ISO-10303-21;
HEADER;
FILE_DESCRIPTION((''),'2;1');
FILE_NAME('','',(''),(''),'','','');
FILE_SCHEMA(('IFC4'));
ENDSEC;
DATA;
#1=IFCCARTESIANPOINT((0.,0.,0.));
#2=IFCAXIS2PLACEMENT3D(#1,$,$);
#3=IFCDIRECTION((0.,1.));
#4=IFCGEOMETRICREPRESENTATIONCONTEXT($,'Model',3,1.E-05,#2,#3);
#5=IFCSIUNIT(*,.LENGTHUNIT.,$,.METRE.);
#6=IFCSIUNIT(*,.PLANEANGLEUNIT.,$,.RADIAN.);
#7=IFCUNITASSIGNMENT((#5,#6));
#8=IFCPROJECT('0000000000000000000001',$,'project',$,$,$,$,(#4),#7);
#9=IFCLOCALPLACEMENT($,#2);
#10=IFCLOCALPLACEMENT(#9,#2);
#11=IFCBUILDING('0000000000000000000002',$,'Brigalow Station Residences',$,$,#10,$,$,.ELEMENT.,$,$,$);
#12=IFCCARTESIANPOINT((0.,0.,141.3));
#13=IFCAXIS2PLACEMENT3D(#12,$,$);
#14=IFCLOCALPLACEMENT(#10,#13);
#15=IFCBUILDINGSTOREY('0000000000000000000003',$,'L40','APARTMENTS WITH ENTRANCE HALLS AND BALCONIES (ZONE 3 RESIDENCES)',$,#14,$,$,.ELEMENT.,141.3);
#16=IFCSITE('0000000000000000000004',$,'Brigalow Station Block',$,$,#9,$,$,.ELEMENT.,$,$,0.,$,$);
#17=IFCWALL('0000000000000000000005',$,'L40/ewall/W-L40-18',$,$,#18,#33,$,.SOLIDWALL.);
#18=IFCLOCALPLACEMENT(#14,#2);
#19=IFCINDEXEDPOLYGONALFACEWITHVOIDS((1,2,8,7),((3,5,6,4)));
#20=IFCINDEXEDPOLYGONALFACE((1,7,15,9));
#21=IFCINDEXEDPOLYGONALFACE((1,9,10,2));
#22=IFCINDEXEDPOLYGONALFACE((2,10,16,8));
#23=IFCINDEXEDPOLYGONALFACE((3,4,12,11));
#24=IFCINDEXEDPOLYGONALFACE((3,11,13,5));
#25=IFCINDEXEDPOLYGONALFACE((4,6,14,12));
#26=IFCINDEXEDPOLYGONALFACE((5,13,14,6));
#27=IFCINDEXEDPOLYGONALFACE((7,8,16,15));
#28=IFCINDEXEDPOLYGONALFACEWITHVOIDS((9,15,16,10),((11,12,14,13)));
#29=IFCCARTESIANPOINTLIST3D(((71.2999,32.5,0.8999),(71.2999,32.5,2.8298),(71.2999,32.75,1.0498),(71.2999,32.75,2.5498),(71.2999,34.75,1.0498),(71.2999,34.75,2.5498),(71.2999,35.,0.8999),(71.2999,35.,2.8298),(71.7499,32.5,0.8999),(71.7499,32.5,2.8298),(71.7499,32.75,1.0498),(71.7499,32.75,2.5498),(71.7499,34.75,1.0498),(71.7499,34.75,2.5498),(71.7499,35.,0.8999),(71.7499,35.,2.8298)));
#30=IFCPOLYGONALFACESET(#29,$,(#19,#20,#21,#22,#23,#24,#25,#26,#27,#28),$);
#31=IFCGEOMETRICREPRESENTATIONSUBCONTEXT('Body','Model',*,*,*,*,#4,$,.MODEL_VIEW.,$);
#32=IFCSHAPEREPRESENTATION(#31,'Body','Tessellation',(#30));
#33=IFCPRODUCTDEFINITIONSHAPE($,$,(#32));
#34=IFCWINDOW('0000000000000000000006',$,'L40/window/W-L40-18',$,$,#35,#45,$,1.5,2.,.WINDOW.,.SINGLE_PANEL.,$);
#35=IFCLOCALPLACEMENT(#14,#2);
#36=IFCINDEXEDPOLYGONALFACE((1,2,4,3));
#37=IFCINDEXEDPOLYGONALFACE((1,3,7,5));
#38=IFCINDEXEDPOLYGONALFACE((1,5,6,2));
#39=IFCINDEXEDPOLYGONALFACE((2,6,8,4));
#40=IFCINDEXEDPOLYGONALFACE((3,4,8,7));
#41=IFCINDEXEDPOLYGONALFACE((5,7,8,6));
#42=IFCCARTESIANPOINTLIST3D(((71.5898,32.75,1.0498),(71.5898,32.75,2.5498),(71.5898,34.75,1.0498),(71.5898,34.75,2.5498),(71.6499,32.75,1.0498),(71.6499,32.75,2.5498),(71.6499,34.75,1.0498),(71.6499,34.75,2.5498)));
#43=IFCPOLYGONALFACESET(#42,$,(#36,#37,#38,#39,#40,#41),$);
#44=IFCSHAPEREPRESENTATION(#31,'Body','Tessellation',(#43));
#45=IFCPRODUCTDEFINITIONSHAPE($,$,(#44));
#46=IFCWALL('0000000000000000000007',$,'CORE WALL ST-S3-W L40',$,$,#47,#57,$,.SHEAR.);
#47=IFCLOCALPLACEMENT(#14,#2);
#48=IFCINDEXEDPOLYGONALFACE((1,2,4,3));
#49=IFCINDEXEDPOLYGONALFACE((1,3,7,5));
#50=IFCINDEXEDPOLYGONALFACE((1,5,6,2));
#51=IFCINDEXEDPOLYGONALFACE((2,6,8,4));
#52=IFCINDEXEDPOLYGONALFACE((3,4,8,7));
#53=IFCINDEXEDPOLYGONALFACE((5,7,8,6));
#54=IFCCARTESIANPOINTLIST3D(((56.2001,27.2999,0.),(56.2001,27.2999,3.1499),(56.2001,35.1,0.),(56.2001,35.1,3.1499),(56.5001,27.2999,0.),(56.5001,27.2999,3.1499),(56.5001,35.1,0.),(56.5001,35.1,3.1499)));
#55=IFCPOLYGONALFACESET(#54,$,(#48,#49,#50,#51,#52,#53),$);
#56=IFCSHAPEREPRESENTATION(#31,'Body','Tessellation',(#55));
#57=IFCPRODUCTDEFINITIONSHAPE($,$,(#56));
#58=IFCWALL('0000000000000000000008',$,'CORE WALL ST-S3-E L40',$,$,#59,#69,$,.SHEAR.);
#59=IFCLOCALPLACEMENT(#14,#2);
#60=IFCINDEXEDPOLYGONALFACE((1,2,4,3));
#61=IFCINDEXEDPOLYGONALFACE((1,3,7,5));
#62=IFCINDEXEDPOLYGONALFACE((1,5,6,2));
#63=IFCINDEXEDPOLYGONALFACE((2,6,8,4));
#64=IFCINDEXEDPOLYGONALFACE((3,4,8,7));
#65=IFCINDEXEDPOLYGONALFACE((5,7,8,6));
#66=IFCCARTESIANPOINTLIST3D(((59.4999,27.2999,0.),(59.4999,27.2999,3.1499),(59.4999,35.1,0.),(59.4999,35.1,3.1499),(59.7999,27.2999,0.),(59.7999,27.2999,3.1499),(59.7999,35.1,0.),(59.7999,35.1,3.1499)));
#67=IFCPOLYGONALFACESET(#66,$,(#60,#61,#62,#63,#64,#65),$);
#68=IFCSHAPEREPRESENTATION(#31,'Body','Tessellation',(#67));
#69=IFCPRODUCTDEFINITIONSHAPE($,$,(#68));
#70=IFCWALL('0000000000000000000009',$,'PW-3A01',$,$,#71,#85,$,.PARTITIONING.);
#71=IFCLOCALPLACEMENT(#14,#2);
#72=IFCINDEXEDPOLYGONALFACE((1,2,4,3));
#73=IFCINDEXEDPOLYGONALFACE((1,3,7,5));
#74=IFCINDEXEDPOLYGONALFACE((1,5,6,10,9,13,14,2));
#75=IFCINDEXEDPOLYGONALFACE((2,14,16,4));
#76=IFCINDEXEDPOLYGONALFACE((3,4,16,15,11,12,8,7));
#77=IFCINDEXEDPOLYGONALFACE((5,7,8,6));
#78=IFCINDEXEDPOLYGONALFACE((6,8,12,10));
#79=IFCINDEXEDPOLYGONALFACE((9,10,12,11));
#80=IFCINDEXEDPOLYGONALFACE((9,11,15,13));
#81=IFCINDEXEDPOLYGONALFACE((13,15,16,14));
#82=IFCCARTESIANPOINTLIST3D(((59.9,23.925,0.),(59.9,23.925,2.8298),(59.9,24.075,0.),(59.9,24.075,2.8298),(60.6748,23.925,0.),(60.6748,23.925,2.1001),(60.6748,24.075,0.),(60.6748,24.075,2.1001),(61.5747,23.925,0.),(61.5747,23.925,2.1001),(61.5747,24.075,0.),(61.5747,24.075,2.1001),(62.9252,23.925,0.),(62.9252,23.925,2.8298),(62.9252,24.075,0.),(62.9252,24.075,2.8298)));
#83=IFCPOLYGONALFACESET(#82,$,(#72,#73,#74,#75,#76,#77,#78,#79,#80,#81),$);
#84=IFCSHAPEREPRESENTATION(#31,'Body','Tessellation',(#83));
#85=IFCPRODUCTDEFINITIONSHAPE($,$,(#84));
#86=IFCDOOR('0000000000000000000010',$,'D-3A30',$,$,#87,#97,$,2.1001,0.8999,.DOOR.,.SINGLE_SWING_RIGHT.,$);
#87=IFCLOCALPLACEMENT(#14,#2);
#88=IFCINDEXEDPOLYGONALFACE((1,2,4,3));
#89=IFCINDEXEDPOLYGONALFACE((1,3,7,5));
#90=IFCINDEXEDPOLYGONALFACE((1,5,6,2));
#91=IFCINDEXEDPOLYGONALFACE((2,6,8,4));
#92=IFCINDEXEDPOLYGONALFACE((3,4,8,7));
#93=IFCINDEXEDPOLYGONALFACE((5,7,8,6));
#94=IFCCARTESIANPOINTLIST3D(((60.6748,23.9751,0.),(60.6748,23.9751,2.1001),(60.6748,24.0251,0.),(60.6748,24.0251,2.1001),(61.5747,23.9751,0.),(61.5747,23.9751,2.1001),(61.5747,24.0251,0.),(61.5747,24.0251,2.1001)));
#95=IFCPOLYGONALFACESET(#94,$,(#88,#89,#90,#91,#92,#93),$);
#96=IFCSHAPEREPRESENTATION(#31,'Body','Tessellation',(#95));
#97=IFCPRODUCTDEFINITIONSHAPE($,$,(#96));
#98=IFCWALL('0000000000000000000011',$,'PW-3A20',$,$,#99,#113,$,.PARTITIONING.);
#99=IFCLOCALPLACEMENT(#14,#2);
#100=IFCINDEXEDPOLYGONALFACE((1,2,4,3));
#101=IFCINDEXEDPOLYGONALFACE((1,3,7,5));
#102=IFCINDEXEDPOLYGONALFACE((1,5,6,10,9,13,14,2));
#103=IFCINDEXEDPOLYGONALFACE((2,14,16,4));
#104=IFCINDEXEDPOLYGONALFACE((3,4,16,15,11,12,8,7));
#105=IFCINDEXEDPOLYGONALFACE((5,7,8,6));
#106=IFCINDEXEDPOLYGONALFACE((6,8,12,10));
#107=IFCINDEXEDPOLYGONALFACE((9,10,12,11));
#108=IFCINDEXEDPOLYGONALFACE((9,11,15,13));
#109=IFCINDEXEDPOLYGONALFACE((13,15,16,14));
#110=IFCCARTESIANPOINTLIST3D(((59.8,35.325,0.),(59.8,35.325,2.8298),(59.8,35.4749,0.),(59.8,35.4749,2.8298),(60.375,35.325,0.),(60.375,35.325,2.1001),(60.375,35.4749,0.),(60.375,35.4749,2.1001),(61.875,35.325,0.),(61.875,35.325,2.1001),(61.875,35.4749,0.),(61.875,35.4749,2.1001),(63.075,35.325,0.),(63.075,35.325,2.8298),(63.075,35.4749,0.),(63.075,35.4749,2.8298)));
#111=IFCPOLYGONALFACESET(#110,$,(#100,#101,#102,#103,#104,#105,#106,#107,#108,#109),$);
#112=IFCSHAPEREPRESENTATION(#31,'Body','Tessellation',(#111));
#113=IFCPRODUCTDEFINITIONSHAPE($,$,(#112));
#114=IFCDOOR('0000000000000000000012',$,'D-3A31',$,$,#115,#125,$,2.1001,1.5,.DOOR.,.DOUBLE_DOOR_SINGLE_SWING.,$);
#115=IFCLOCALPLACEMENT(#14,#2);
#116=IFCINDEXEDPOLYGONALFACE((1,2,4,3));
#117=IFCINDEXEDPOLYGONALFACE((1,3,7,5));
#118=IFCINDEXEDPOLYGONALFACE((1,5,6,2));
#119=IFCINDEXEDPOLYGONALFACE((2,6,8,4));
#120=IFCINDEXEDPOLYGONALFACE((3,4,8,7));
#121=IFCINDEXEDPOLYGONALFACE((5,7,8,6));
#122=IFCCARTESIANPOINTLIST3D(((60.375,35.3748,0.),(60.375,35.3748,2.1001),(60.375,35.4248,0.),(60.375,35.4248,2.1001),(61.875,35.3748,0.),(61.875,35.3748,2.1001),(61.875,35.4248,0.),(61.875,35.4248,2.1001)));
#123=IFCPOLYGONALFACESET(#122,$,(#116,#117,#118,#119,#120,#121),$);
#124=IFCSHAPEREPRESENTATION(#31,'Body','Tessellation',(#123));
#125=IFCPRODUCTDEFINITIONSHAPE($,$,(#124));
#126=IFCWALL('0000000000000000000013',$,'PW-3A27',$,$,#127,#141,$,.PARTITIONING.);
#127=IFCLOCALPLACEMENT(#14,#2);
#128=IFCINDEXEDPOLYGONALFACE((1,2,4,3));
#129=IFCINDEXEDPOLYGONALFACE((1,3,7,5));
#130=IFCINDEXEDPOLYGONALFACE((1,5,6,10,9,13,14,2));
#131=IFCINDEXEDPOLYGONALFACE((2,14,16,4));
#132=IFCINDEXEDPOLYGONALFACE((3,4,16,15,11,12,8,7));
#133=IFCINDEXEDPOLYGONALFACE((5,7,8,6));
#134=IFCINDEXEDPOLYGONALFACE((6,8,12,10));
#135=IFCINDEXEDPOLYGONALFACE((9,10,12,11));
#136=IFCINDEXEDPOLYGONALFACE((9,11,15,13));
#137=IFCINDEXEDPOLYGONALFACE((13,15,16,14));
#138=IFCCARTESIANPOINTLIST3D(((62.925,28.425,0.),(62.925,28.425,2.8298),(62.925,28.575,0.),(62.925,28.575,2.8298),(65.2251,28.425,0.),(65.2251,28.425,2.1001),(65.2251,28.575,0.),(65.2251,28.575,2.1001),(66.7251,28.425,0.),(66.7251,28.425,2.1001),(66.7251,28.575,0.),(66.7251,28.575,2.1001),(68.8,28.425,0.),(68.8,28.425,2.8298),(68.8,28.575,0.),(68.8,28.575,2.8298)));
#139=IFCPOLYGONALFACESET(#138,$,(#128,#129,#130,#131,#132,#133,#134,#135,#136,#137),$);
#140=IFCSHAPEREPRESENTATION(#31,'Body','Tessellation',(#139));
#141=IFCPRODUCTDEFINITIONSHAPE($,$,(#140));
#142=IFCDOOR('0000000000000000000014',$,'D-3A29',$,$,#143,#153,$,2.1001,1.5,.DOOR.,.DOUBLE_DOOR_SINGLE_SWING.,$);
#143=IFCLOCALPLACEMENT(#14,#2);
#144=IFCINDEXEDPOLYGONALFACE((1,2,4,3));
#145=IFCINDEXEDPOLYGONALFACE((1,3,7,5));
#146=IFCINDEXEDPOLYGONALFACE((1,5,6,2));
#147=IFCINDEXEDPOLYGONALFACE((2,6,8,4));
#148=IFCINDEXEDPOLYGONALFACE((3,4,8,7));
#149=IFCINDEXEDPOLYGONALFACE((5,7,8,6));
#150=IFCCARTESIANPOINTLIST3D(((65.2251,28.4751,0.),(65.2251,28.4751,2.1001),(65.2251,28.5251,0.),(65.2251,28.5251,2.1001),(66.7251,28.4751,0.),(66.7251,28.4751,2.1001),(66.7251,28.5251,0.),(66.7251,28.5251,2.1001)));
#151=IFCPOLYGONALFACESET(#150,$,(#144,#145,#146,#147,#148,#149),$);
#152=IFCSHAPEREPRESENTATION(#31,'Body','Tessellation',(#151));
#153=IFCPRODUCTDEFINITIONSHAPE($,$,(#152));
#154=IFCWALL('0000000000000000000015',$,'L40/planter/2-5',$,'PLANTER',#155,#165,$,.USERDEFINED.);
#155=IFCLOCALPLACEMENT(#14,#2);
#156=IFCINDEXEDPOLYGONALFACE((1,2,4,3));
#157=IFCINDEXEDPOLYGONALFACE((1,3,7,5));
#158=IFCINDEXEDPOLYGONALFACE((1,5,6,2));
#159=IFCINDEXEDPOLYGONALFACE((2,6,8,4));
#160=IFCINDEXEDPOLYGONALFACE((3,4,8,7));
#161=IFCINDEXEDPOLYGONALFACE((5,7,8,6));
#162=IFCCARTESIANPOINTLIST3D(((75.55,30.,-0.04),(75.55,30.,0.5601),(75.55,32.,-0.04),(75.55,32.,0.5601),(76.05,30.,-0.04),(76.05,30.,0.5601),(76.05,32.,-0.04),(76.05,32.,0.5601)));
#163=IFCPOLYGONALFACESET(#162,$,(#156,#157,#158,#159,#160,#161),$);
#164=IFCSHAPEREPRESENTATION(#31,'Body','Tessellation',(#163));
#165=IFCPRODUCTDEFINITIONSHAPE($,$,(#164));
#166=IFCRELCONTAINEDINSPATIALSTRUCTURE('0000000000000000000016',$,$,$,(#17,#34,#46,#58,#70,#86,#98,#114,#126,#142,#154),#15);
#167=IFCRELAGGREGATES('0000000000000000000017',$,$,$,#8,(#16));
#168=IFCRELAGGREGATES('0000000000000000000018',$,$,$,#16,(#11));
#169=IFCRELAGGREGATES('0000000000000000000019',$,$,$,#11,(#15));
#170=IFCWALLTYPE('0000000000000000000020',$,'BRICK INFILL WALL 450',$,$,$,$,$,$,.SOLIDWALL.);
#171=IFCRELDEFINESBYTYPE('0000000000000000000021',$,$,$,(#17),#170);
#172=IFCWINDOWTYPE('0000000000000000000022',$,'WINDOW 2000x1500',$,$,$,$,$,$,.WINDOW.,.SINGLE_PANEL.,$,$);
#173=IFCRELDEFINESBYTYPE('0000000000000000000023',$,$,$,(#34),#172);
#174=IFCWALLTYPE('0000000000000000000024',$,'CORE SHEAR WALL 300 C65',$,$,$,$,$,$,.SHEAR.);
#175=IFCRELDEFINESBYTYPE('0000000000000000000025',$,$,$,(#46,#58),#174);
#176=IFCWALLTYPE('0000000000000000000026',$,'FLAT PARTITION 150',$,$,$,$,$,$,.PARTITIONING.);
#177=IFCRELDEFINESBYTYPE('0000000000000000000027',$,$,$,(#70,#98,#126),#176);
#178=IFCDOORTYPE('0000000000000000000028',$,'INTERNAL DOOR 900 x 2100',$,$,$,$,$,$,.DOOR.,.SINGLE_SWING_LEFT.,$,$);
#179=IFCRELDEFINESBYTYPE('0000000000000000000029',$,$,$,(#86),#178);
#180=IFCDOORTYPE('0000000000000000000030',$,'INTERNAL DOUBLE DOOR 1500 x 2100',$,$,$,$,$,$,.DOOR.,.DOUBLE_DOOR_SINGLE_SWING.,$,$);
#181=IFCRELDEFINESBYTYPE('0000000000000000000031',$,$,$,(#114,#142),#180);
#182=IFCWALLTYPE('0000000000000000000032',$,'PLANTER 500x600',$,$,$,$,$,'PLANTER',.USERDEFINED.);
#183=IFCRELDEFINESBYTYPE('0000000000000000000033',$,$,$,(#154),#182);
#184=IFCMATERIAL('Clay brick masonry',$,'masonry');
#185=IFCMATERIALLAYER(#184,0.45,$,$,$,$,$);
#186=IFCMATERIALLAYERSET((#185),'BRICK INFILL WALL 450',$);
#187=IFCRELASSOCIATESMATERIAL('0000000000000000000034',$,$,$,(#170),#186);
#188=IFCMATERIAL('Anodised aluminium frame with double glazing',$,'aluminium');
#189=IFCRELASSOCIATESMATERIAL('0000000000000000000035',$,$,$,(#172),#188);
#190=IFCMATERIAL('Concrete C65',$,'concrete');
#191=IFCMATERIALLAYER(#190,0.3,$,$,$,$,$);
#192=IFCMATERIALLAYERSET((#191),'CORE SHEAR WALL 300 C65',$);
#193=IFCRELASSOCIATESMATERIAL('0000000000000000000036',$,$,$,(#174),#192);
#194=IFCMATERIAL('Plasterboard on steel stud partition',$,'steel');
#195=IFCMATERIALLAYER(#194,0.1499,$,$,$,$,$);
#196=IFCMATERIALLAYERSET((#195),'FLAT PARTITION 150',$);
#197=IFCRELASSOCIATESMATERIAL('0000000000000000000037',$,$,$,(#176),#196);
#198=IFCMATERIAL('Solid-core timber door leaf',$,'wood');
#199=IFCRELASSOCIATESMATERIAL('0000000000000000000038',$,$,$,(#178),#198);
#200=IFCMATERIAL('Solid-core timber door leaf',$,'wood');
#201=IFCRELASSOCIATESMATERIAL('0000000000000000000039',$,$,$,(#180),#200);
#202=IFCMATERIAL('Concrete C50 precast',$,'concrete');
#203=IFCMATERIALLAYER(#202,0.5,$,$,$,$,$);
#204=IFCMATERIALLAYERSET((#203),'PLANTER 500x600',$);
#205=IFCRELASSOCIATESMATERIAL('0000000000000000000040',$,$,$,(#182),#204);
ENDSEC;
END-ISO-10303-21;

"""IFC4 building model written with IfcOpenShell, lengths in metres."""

from ifc_helpers import new_model, si_unit, direction, frame, frame_2d, origin, place, context, subcontext, project, spatial, rectangle, extrude, material, layer, layer_set, type_object, element, fill, save


model = new_model("IFC4")

# Units and contexts
model_context = context("Model", 3, precision=1e-05, world=origin(), true_north=direction((0.0, 1.0)))
body_context = subcontext(model_context, "Body", "Model", "MODEL_VIEW")
ifc_project = project(units=[si_unit("LENGTHUNIT", "METRE"), si_unit("PLANEANGLEUNIT", "RADIAN")], contexts=[model_context])

# Site, building, storey
site_placement = place(None, origin())
site = spatial("IfcSite", under=ifc_project, at=site_placement, Name="Brigalow Station Block", CompositionType="ELEMENT", RefElevation=0.0)
building_placement = place(site_placement, origin())
building = spatial("IfcBuilding", under=site, at=building_placement, Name="Brigalow Station Residences", CompositionType="ELEMENT")
storey_placement = place(building_placement, frame((0.0, 0.0, 141.3)))
storey = spatial("IfcBuildingStorey", under=building, at=storey_placement, Name="L40", Description="APARTMENTS WITH ENTRANCE HALLS AND BALCONIES (ZONE 3 RESIDENCES)", CompositionType="ELEMENT", Elevation=141.3)

# Shared definitions
ifc_material_1 = material(Name="Clay brick masonry", Category="masonry")
ifc_layer_1 = layer(ifc_material_1, 0.45)
ifc_layer_set_1 = layer_set([ifc_layer_1], Name="BRICK INFILL WALL 450")
wall_type_1 = type_object("IfcWallType", Name="BRICK INFILL WALL 450", PredefinedType="SOLIDWALL", material=ifc_layer_set_1)

# Wall, opening, window
wall_1_placement = place(storey_placement, frame((71.5249, 32.5, 0.8999), z_axis=(0.0, 0.0, 1.0), x_axis=(0.0, 1.0, 0.0)))
wall_1 = element("IfcWall", 1, at=wall_1_placement, inside=storey, type_object=wall_type_1, Name="L40/ewall/W-L40-18", PredefinedType="SOLIDWALL", context=body_context, shape_type="SweptSolid", body=[
    extrude(rectangle(XDim=2.5, YDim=0.45, at=frame_2d((1.25, 0.0))), origin(), (0.0, 0.0, 1.0), 1.9299),
])
opening_1_placement = place(wall_1_placement, frame((0.25, 0.0, 0.1499)))
opening_1 = element("IfcOpeningElement", 2, at=opening_1_placement, cuts=wall_1, PredefinedType="OPENING", context=body_context, shape_type="SweptSolid", body=[
    extrude(rectangle(XDim=2.0, YDim=1.5, at=frame_2d((1.0, 0.75))), frame((0.0, 0.2349, 0.0), z_axis=(0.0, -1.0, 0.0), x_axis=(1.0, 0.0, 0.0)), (0.0, 0.0, 1.0), 0.47),
])
ifc_material_2 = material(Name="Anodised aluminium frame with double glazing", Category="aluminium")
window_type_1 = type_object("IfcWindowType", Name="WINDOW 2000x1500", PartitioningType="SINGLE_PANEL", PredefinedType="WINDOW", material=ifc_material_2)
window_1_placement = place(opening_1_placement, origin())
window_1 = element("IfcWindow", 3, at=window_1_placement, inside=storey, type_object=window_type_1, Name="L40/window/W-L40-18", OverallHeight=1.5, OverallWidth=2.0, PartitioningType="SINGLE_PANEL", PredefinedType="WINDOW", context=body_context, shape_type="SweptSolid", body=[
    extrude(rectangle(XDim=2.0, YDim=1.5, at=frame_2d((1.0, 0.75))), frame((0.0, -0.0649, 0.0), z_axis=(0.0, -1.0, 0.0), x_axis=(1.0, 0.0, 0.0)), (0.0, 0.0, 1.0), 0.0601),
])
fill(opening_1, window_1)

# Walls
ifc_material_3 = material(Name="Concrete C65", Category="concrete")
ifc_layer_2 = layer(ifc_material_3, 0.3)
ifc_layer_set_2 = layer_set([ifc_layer_2], Name="CORE SHEAR WALL 300 C65")
wall_type_2 = type_object("IfcWallType", Name="CORE SHEAR WALL 300 C65", PredefinedType="SHEAR", material=ifc_layer_set_2)
for number, where, z_axis, x_axis, name in (
    (4, (56.3501, 27.3, 0.0), (0.0, 0.0, 1.0), (0.0, 1.0, 0.0), "CORE WALL ST-S3-W L40"),
    (5, (59.6499, 27.3, 0.0), (0.0, 0.0, 1.0), (0.0, 1.0, 0.0), "CORE WALL ST-S3-E L40"),
):
    element("IfcWall", number, at=place(storey_placement, frame(where, z_axis=z_axis, x_axis=x_axis)), inside=storey, type_object=wall_type_2, Name=name, PredefinedType="SHEAR", context=body_context, shape_type="SweptSolid", body=[
        extrude(rectangle(XDim=7.8, YDim=0.3, at=frame_2d((3.8999, 0.0))), origin(), (0.0, 0.0, 1.0), 3.1499),
    ])

# Walls, openings, doors
ifc_material_4 = material(Name="Plasterboard on steel stud partition", Category="steel")
ifc_layer_3 = layer(ifc_material_4, 0.1499)
ifc_layer_set_3 = layer_set([ifc_layer_3], Name="FLAT PARTITION 150")
wall_type_3 = type_object("IfcWallType", Name="FLAT PARTITION 150", PredefinedType="PARTITIONING", material=ifc_layer_set_3)
wall_2_placement = place(storey_placement, frame((59.8999, 24.0, 0.0), z_axis=(0.0, 0.0, 1.0), x_axis=(1.0, 0.0, 0.0)))
wall_2 = element("IfcWall", 6, at=wall_2_placement, inside=storey, type_object=wall_type_3, Name="PW-3A01", PredefinedType="PARTITIONING", context=body_context, shape_type="SweptSolid", body=[
    extrude(rectangle(XDim=3.0251, YDim=0.1499, at=frame_2d((1.5127, 0.0))), origin(), (0.0, 0.0, 1.0), 2.8298),
])
opening_2_placement = place(wall_2_placement, frame((0.7749, 0.0, 0.0)))
opening_2 = element("IfcOpeningElement", 7, at=opening_2_placement, cuts=wall_2, PredefinedType="OPENING", context=body_context, shape_type="SweptSolid", body=[
    extrude(rectangle(XDim=0.8999, YDim=2.1001, at=frame_2d((0.45, 1.05))), frame((0.0, 0.085, 0.0), z_axis=(0.0, -1.0, 0.0), x_axis=(1.0, 0.0, 0.0)), (0.0, 0.0, 1.0), 0.1699),
])
ifc_material_5 = material(Name="Solid-core timber door leaf", Category="wood")
door_type_1 = type_object("IfcDoorType", Name="INTERNAL DOOR 900 x 2100", OperationType="SINGLE_SWING_LEFT", PredefinedType="DOOR", material=ifc_material_5)
door_1_placement = place(opening_2_placement, frame((0.8999, 0.0, 0.0), z_axis=(0.0, 0.0, 1.0), x_axis=(-1.0, 0.0, 0.0)))
door_1 = element("IfcDoor", 8, at=door_1_placement, inside=storey, type_object=door_type_1, Name="D-3A30", OperationType="SINGLE_SWING_RIGHT", OverallHeight=2.1001, OverallWidth=0.8999, PredefinedType="DOOR", context=body_context, shape_type="SweptSolid", body=[
    extrude(rectangle(XDim=0.8999, YDim=2.1001, at=frame_2d((0.45, 1.05))), frame((0.0, 0.0249, 0.0), z_axis=(0.0, -1.0, 0.0), x_axis=(1.0, 0.0, 0.0)), (0.0, 0.0, 1.0), 0.05),
])
fill(opening_2, door_1)
wall_3_placement = place(storey_placement, frame((59.8, 35.3999, 0.0), z_axis=(0.0, 0.0, 1.0), x_axis=(1.0, 0.0, 0.0)))
wall_3 = element("IfcWall", 9, at=wall_3_placement, inside=storey, type_object=wall_type_3, Name="PW-3A20", PredefinedType="PARTITIONING", context=body_context, shape_type="SweptSolid", body=[
    extrude(rectangle(XDim=3.2749, YDim=0.1499, at=frame_2d((1.6375, 0.0))), origin(), (0.0, 0.0, 1.0), 2.8298),
])
opening_3_placement = place(wall_3_placement, frame((0.575, 0.0, 0.0)))
opening_3 = element("IfcOpeningElement", 10, at=opening_3_placement, cuts=wall_3, PredefinedType="OPENING", context=body_context, shape_type="SweptSolid", body=[
    extrude(rectangle(XDim=1.5, YDim=2.1001, at=frame_2d((0.75, 1.05))), frame((0.0, 0.085, 0.0), z_axis=(0.0, -1.0, 0.0), x_axis=(1.0, 0.0, 0.0)), (0.0, 0.0, 1.0), 0.1699),
])
ifc_material_6 = material(Name="Solid-core timber door leaf", Category="wood")
door_type_2 = type_object("IfcDoorType", Name="INTERNAL DOUBLE DOOR 1500 x 2100", OperationType="DOUBLE_DOOR_SINGLE_SWING", PredefinedType="DOOR", material=ifc_material_6)
door_2_placement = place(opening_3_placement, origin())
door_2 = element("IfcDoor", 11, at=door_2_placement, inside=storey, type_object=door_type_2, Name="D-3A31", OperationType="DOUBLE_DOOR_SINGLE_SWING", OverallHeight=2.1001, OverallWidth=1.5, PredefinedType="DOOR", context=body_context, shape_type="SweptSolid", body=[
    extrude(rectangle(XDim=1.5, YDim=2.1001, at=frame_2d((0.75, 1.05))), frame((0.0, 0.0249, 0.0), z_axis=(0.0, -1.0, 0.0), x_axis=(1.0, 0.0, 0.0)), (0.0, 0.0, 1.0), 0.05),
])
fill(opening_3, door_2)
wall_4_placement = place(storey_placement, frame((62.925, 28.5, 0.0), z_axis=(0.0, 0.0, 1.0), x_axis=(1.0, 0.0, 0.0)))
wall_4 = element("IfcWall", 12, at=wall_4_placement, inside=storey, type_object=wall_type_3, Name="PW-3A27", PredefinedType="PARTITIONING", context=body_context, shape_type="SweptSolid", body=[
    extrude(rectangle(XDim=5.875, YDim=0.1499, at=frame_2d((2.9375, 0.0))), origin(), (0.0, 0.0, 1.0), 2.8298),
])
opening_4_placement = place(wall_4_placement, frame((2.3, 0.0, 0.0)))
opening_4 = element("IfcOpeningElement", 13, at=opening_4_placement, cuts=wall_4, PredefinedType="OPENING", context=body_context, shape_type="SweptSolid", body=[
    extrude(rectangle(XDim=1.5, YDim=2.1001, at=frame_2d((0.75, 1.05))), frame((0.0, 0.085, 0.0), z_axis=(0.0, -1.0, 0.0), x_axis=(1.0, 0.0, 0.0)), (0.0, 0.0, 1.0), 0.1699),
])
door_3_placement = place(opening_4_placement, frame((1.5, 0.0, 0.0), z_axis=(0.0, 0.0, 1.0), x_axis=(-1.0, 0.0, 0.0)))
door_3 = element("IfcDoor", 14, at=door_3_placement, inside=storey, type_object=door_type_2, Name="D-3A29", OperationType="DOUBLE_DOOR_SINGLE_SWING", OverallHeight=2.1001, OverallWidth=1.5, PredefinedType="DOOR", context=body_context, shape_type="SweptSolid", body=[
    extrude(rectangle(XDim=1.5, YDim=2.1001, at=frame_2d((0.75, 1.05))), frame((0.0, 0.0249, 0.0), z_axis=(0.0, -1.0, 0.0), x_axis=(1.0, 0.0, 0.0)), (0.0, 0.0, 1.0), 0.05),
])
fill(opening_4, door_3)

# Wall
ifc_material_7 = material(Name="Concrete C50 precast", Category="concrete")
ifc_layer_4 = layer(ifc_material_7, 0.5)
ifc_layer_set_4 = layer_set([ifc_layer_4], Name="PLANTER 500x600")
wall_type_4 = type_object("IfcWallType", Name="PLANTER 500x600", ElementType="PLANTER", PredefinedType="USERDEFINED", material=ifc_layer_set_4)
for number, where, z_axis, x_axis, name in (
    (15, (75.8, 30.0, -0.04), (0.0, 0.0, 1.0), (0.0, 1.0, 0.0), "L40/planter/2-5"),
):
    element("IfcWall", number, at=place(storey_placement, frame(where, z_axis=z_axis, x_axis=x_axis)), inside=storey, type_object=wall_type_4, Name=name, ObjectType="PLANTER", PredefinedType="USERDEFINED", context=body_context, shape_type="SweptSolid", body=[
        extrude(rectangle(XDim=2.0, YDim=0.5, at=frame_2d((1.0, 0.0))), origin(), (0.0, 0.0, 1.0), 0.6001),
    ])

save(model, "model.ifc")
